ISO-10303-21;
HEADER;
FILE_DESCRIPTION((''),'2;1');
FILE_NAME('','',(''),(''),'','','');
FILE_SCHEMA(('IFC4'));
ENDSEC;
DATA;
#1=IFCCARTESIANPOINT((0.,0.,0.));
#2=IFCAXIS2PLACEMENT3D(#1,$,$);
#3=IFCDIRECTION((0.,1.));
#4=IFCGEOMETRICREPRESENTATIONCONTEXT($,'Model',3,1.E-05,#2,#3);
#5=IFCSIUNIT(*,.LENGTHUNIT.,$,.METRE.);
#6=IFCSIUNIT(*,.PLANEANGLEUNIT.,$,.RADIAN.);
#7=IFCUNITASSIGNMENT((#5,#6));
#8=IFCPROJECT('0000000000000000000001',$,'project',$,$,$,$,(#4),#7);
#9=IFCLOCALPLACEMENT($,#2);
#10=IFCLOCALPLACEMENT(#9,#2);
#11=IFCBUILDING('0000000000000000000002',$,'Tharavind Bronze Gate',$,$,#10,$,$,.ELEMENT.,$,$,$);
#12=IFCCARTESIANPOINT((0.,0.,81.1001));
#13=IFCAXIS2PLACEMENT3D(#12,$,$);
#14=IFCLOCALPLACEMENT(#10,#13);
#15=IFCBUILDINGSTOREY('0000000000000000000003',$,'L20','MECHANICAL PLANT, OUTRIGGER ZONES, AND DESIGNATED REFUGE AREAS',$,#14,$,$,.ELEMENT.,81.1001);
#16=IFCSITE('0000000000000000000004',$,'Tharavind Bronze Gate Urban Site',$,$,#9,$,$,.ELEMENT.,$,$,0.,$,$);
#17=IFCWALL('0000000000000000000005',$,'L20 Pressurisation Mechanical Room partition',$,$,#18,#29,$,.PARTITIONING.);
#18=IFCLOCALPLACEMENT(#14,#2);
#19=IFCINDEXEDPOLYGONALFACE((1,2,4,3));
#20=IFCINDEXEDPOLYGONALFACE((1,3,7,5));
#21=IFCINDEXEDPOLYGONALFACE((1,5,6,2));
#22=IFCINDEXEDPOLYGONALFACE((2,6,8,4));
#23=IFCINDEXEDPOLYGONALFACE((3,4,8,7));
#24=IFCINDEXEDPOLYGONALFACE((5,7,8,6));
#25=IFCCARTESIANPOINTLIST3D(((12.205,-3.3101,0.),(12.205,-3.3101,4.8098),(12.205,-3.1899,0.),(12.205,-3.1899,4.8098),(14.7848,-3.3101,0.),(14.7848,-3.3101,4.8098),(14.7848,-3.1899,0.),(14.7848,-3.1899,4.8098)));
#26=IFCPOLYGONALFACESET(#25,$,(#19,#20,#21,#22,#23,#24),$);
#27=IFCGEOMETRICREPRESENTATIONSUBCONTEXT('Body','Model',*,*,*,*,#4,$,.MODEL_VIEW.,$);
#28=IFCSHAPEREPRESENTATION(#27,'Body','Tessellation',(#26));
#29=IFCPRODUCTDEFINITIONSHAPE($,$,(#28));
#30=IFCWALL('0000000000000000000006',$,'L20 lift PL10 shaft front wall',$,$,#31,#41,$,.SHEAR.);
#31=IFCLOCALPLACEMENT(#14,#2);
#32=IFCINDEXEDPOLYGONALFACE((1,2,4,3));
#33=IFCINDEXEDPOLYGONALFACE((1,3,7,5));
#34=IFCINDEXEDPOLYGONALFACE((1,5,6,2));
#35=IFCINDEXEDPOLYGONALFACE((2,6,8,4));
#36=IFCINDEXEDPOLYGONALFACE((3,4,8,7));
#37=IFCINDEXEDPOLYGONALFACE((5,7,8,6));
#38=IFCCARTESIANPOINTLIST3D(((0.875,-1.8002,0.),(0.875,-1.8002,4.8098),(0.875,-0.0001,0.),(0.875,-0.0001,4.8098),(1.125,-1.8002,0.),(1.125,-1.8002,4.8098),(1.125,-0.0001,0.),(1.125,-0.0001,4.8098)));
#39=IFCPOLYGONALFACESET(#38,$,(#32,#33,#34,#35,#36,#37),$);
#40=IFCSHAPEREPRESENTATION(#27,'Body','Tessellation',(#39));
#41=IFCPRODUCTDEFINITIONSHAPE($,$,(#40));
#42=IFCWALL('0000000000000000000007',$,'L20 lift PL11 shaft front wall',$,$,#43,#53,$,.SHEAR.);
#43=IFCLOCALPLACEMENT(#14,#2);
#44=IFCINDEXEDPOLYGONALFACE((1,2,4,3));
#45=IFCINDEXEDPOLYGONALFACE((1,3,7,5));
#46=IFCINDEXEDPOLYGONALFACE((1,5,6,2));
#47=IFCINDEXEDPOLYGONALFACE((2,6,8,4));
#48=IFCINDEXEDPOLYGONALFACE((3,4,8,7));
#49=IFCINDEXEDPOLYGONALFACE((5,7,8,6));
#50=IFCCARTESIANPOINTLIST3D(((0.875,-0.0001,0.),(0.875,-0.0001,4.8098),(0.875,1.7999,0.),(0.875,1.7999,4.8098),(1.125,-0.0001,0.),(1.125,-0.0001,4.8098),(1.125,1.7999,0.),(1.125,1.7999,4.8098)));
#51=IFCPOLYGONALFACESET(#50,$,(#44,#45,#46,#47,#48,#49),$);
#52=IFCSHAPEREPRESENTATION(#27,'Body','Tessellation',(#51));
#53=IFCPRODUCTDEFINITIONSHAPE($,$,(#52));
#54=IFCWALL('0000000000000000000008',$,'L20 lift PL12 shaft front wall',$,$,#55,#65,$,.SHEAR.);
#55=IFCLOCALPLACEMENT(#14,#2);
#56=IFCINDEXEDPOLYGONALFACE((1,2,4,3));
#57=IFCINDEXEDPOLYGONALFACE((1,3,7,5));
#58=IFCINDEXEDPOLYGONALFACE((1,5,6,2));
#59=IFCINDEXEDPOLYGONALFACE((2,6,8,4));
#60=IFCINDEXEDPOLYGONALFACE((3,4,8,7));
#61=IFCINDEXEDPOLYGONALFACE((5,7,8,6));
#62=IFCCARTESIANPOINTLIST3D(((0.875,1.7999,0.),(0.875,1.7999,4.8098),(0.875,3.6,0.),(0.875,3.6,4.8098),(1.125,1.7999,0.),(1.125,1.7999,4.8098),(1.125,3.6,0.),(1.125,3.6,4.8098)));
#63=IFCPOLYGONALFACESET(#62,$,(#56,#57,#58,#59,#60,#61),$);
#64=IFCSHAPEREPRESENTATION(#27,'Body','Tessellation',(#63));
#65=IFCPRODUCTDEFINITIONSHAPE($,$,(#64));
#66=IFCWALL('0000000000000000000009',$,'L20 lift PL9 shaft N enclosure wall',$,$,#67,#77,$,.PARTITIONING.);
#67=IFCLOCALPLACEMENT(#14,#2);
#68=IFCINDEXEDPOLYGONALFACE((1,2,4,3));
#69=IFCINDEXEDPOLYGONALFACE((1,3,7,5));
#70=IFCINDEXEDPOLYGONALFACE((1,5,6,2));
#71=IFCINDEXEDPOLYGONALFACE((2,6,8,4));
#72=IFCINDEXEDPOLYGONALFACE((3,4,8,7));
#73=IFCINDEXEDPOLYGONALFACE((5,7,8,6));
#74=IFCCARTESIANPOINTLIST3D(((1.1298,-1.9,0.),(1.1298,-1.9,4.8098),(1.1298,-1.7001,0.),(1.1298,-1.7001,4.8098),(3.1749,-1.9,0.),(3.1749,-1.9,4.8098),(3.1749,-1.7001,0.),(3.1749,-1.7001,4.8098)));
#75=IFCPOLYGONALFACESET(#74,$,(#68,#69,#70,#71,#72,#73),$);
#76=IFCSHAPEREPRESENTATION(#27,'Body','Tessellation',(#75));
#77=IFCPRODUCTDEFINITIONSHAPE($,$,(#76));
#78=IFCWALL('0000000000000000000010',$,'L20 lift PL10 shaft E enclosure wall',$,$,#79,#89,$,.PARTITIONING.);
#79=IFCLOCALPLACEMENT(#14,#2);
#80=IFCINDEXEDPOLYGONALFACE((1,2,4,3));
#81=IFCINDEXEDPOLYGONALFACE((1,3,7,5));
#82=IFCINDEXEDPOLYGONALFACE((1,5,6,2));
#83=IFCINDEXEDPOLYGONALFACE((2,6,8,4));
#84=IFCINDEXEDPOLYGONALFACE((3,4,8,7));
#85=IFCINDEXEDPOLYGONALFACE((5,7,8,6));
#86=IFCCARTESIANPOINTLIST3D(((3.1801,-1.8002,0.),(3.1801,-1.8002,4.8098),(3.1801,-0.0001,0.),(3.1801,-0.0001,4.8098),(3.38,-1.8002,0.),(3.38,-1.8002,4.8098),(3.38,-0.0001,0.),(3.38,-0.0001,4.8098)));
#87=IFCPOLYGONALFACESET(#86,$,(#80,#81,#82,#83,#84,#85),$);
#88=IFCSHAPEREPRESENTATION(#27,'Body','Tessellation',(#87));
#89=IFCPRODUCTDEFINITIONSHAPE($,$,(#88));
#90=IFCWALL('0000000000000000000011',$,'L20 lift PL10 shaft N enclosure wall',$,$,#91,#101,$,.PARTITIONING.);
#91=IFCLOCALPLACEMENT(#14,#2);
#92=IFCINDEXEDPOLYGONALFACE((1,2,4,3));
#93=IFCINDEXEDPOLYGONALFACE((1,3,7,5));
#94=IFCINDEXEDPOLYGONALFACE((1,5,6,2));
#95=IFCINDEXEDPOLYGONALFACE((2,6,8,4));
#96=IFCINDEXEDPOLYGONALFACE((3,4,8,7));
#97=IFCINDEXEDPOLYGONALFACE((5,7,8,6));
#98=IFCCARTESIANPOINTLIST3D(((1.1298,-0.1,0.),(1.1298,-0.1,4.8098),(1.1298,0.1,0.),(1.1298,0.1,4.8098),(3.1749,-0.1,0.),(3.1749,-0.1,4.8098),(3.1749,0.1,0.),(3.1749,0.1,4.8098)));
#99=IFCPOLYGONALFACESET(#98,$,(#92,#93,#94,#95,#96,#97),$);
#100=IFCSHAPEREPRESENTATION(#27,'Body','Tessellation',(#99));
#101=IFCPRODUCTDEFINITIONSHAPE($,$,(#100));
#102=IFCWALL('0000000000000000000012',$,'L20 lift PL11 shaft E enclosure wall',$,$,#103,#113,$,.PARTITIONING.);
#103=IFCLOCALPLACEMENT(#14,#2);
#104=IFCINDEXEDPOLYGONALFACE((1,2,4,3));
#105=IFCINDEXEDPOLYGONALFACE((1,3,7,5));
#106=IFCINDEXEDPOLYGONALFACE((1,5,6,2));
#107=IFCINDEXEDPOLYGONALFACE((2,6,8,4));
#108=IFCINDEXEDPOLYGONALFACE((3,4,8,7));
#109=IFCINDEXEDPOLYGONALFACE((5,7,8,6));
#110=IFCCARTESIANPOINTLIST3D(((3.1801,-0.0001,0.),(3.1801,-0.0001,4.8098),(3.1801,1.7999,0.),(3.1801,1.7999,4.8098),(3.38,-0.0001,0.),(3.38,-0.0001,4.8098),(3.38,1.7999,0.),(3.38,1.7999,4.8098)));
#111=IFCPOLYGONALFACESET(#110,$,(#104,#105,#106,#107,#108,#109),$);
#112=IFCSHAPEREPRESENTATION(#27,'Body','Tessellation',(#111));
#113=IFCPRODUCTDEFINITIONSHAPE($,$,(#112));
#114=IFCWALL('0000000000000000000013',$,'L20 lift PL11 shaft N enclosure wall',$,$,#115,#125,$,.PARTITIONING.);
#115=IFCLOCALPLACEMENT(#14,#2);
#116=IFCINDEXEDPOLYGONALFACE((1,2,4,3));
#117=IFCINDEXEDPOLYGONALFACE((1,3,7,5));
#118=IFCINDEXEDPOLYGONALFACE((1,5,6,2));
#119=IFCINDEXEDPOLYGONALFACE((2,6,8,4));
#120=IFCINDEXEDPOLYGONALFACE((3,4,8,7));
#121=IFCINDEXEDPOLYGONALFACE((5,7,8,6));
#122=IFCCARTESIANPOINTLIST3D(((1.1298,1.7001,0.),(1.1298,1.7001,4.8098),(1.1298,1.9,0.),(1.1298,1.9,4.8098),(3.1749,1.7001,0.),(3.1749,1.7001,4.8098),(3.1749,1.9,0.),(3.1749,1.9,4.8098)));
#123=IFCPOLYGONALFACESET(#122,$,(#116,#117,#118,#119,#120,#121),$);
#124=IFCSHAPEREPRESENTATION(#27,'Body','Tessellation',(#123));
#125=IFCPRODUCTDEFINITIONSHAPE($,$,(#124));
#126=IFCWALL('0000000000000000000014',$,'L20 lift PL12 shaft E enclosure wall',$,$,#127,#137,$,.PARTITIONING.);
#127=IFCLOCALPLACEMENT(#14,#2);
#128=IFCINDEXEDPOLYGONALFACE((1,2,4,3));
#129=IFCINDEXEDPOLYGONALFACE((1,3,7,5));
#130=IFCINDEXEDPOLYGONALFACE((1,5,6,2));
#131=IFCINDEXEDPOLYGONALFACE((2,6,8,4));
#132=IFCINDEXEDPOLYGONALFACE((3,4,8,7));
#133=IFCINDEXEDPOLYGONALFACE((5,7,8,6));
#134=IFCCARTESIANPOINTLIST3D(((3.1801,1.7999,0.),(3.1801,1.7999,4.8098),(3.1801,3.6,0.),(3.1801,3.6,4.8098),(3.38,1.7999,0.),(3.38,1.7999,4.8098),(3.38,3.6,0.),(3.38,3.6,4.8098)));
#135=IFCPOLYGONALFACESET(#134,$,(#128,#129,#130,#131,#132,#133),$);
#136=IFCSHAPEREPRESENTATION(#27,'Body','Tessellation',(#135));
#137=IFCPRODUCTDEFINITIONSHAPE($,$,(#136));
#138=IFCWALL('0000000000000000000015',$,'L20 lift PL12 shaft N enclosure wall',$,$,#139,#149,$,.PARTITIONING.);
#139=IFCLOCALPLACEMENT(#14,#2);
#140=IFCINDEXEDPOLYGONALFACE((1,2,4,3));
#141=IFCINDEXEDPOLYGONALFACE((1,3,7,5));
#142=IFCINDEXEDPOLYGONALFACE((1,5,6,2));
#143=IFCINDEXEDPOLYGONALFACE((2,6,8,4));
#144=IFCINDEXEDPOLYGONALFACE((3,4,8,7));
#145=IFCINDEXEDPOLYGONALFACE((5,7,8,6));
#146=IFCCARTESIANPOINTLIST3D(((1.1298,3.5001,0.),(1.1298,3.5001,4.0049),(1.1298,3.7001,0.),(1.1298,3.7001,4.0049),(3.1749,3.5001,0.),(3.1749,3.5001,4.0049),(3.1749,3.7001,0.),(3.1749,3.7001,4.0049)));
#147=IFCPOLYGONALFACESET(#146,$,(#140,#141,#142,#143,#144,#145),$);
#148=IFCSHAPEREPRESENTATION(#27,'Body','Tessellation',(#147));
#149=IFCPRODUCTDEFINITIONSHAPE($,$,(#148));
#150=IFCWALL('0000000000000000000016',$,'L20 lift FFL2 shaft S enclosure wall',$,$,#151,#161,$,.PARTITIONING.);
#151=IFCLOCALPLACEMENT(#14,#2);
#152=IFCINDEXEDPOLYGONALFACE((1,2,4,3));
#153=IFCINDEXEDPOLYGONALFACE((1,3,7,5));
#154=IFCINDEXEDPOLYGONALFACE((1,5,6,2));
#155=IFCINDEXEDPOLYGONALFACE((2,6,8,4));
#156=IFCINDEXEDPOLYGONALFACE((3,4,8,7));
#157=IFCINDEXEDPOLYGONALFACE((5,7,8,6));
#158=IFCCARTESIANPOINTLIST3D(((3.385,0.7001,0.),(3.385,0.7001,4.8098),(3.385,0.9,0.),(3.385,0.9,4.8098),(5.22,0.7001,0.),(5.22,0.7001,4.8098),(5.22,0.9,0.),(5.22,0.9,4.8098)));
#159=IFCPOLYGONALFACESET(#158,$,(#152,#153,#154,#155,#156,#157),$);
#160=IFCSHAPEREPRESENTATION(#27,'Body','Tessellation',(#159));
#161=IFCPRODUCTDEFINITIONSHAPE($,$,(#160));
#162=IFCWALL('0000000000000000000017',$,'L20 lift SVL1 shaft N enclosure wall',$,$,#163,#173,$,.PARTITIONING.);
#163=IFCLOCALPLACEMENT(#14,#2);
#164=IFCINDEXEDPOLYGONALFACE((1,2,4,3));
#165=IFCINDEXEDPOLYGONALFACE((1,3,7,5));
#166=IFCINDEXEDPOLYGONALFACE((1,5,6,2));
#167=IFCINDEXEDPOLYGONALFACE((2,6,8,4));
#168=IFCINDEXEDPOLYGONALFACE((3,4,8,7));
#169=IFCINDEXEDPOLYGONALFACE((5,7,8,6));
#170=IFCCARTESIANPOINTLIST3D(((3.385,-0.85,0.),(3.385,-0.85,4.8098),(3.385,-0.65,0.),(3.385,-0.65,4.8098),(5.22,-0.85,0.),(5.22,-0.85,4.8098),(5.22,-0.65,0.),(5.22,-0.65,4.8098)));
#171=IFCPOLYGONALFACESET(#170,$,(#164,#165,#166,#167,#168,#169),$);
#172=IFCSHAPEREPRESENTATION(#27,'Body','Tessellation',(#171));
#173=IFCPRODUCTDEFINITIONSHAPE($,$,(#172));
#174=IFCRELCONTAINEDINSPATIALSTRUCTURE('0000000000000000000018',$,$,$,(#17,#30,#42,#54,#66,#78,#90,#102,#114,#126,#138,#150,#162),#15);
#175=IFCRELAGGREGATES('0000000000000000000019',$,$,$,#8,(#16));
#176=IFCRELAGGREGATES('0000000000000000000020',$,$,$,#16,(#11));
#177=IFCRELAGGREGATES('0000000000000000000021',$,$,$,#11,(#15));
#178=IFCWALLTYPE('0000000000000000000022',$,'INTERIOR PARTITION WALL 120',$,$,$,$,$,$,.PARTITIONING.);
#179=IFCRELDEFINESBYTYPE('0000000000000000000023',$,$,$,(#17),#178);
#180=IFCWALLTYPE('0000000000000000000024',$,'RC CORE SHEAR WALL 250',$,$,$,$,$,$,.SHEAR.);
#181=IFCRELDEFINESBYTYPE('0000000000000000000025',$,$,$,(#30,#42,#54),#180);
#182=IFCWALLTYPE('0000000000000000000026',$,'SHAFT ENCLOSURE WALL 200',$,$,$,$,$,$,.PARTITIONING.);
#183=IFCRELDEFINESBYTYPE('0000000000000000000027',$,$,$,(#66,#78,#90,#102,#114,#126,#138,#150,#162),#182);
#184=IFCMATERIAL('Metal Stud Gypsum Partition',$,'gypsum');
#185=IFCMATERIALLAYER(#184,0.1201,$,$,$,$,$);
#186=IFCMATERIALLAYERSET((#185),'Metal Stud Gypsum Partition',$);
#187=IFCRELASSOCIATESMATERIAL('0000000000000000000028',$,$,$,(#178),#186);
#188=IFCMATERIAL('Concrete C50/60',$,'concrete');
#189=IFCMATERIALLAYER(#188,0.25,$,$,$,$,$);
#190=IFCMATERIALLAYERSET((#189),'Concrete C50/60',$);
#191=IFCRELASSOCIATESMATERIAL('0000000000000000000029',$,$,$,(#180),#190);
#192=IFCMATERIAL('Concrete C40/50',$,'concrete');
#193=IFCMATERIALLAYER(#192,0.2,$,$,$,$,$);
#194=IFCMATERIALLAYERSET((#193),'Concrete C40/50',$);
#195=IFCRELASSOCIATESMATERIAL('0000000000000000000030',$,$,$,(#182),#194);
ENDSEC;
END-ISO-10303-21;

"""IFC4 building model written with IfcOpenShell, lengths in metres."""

from ifc_helpers import new_model, si_unit, direction, frame, frame_2d, origin, place, context, subcontext, project, spatial, rectangle, extrude, material, layer, layer_set, type_object, element, save


model = new_model("IFC4")

# Units and contexts
model_context = context("Model", 3, precision=1e-05, world=origin(), true_north=direction((0.0, 1.0)))
body_context = subcontext(model_context, "Body", "Model", "MODEL_VIEW")
ifc_project = project(units=[si_unit("LENGTHUNIT", "METRE"), si_unit("PLANEANGLEUNIT", "RADIAN")], contexts=[model_context])

# Site, building, storey
site_placement = place(None, origin())
site = spatial("IfcSite", under=ifc_project, at=site_placement, Name="Tharavind Bronze Gate Urban Site", CompositionType="ELEMENT", RefElevation=0.0)
building_placement = place(site_placement, origin())
building = spatial("IfcBuilding", under=site, at=building_placement, Name="Tharavind Bronze Gate", CompositionType="ELEMENT")
storey_placement = place(building_placement, frame((0.0, 0.0, 81.1001)))
storey = spatial("IfcBuildingStorey", under=building, at=storey_placement, Name="L20", Description="MECHANICAL PLANT, OUTRIGGER ZONES, AND DESIGNATED REFUGE AREAS", CompositionType="ELEMENT", Elevation=81.1001)

# Shared definitions
ifc_material_1 = material(Name="Concrete C40/50", Category="concrete")

# Walls
ifc_material_2 = material(Name="Metal Stud Gypsum Partition", Category="gypsum")
ifc_layer_1 = layer(ifc_material_2, 0.1201)
ifc_layer_set_1 = layer_set([ifc_layer_1], Name="Metal Stud Gypsum Partition")
wall_type_1 = type_object("IfcWallType", Name="INTERIOR PARTITION WALL 120", PredefinedType="PARTITIONING", material=ifc_layer_set_1)
wall_1_placement = place(storey_placement, frame((14.7849, -3.25, 0.0), z_axis=(0.0, 0.0, 1.0), x_axis=(-1.0, 0.0, 0.0)))
element("IfcWall", 1, at=wall_1_placement, inside=storey, type_object=wall_type_1, Name="L20 Pressurisation Mechanical Room partition", PredefinedType="PARTITIONING", context=body_context, shape_type="SweptSolid", body=[
    extrude(rectangle(XDim=2.5798, YDim=0.1201, at=frame_2d((1.29, 0.0))), origin(), (0.0, 0.0, 1.0), 4.8098),
])
ifc_material_3 = material(Name="Concrete C50/60", Category="concrete")
ifc_layer_2 = layer(ifc_material_3, 0.25)
ifc_layer_set_2 = layer_set([ifc_layer_2], Name="Concrete C50/60")
wall_type_2 = type_object("IfcWallType", Name="RC CORE SHEAR WALL 250", PredefinedType="SHEAR", material=ifc_layer_set_2)
for number, where, z_axis, x_axis, name in (
    (2, (1.0, -1.8, 0.0), (0.0, 0.0, 1.0), (0.0, 1.0, 0.0), "L20 lift PL10 shaft front wall"),
    (3, (1.0, 0.0, 0.0), (0.0, 0.0, 1.0), (0.0, 1.0, 0.0), "L20 lift PL11 shaft front wall"),
    (4, (1.0, 1.8, 0.0), (0.0, 0.0, 1.0), (0.0, 1.0, 0.0), "L20 lift PL12 shaft front wall"),
):
    element("IfcWall", number, at=place(storey_placement, frame(where, z_axis=z_axis, x_axis=x_axis)), inside=storey, type_object=wall_type_2, Name=name, PredefinedType="SHEAR", context=body_context, shape_type="SweptSolid", body=[
        extrude(rectangle(XDim=1.8, YDim=0.25, at=frame_2d((0.8999, 0.0))), origin(), (0.0, 0.0, 1.0), 4.8098),
    ])
ifc_layer_3 = layer(ifc_material_1, 0.2)
ifc_layer_set_3 = layer_set([ifc_layer_3], Name="Concrete C40/50")
wall_type_3 = type_object("IfcWallType", Name="SHAFT ENCLOSURE WALL 200", PredefinedType="PARTITIONING", material=ifc_layer_set_3)
wall_2_placement = place(storey_placement, frame((1.1299, -1.8, 0.0), z_axis=(0.0, 0.0, 1.0), x_axis=(1.0, 0.0, 0.0)))
element("IfcWall", 5, at=wall_2_placement, inside=storey, type_object=wall_type_3, Name="L20 lift PL9 shaft N enclosure wall", PredefinedType="PARTITIONING", context=body_context, shape_type="SweptSolid", body=[
    extrude(rectangle(XDim=2.0452, YDim=0.2, at=frame_2d((1.0225, 0.0))), origin(), (0.0, 0.0, 1.0), 4.8098),
])
wall_3_placement = place(storey_placement, frame((3.28, -1.8, 0.0), z_axis=(0.0, 0.0, 1.0), x_axis=(0.0, 1.0, 0.0)))
element("IfcWall", 6, at=wall_3_placement, inside=storey, type_object=wall_type_3, Name="L20 lift PL10 shaft E enclosure wall", PredefinedType="PARTITIONING", context=body_context, shape_type="SweptSolid", body=[
    extrude(rectangle(XDim=1.8, YDim=0.2, at=frame_2d((0.8999, 0.0))), origin(), (0.0, 0.0, 1.0), 4.8098),
])
wall_4_placement = place(storey_placement, frame((1.1299, 0.0, 0.0), z_axis=(0.0, 0.0, 1.0), x_axis=(1.0, 0.0, 0.0)))
element("IfcWall", 7, at=wall_4_placement, inside=storey, type_object=wall_type_3, Name="L20 lift PL10 shaft N enclosure wall", PredefinedType="PARTITIONING", context=body_context, shape_type="SweptSolid", body=[
    extrude(rectangle(XDim=2.0452, YDim=0.2, at=frame_2d((1.0225, 0.0))), origin(), (0.0, 0.0, 1.0), 4.8098),
])
wall_5_placement = place(storey_placement, frame((3.28, 0.0, 0.0), z_axis=(0.0, 0.0, 1.0), x_axis=(0.0, 1.0, 0.0)))
element("IfcWall", 8, at=wall_5_placement, inside=storey, type_object=wall_type_3, Name="L20 lift PL11 shaft E enclosure wall", PredefinedType="PARTITIONING", context=body_context, shape_type="SweptSolid", body=[
    extrude(rectangle(XDim=1.8, YDim=0.2, at=frame_2d((0.8999, 0.0))), origin(), (0.0, 0.0, 1.0), 4.8098),
])
wall_6_placement = place(storey_placement, frame((1.1299, 1.8, 0.0), z_axis=(0.0, 0.0, 1.0), x_axis=(1.0, 0.0, 0.0)))
element("IfcWall", 9, at=wall_6_placement, inside=storey, type_object=wall_type_3, Name="L20 lift PL11 shaft N enclosure wall", PredefinedType="PARTITIONING", context=body_context, shape_type="SweptSolid", body=[
    extrude(rectangle(XDim=2.0452, YDim=0.2, at=frame_2d((1.0225, 0.0))), origin(), (0.0, 0.0, 1.0), 4.8098),
])
wall_7_placement = place(storey_placement, frame((3.28, 1.8, 0.0), z_axis=(0.0, 0.0, 1.0), x_axis=(0.0, 1.0, 0.0)))
element("IfcWall", 10, at=wall_7_placement, inside=storey, type_object=wall_type_3, Name="L20 lift PL12 shaft E enclosure wall", PredefinedType="PARTITIONING", context=body_context, shape_type="SweptSolid", body=[
    extrude(rectangle(XDim=1.8, YDim=0.2, at=frame_2d((0.8999, 0.0))), origin(), (0.0, 0.0, 1.0), 4.8098),
])
wall_8_placement = place(storey_placement, frame((1.1299, 3.6001, 0.0), z_axis=(0.0, 0.0, 1.0), x_axis=(1.0, 0.0, 0.0)))
element("IfcWall", 11, at=wall_8_placement, inside=storey, type_object=wall_type_3, Name="L20 lift PL12 shaft N enclosure wall", PredefinedType="PARTITIONING", context=body_context, shape_type="SweptSolid", body=[
    extrude(rectangle(XDim=2.0452, YDim=0.2, at=frame_2d((1.0225, 0.0))), origin(), (0.0, 0.0, 1.0), 4.0049),
])
for number, where, z_axis, x_axis, name in (
    (12, (3.385, 0.8, 0.0), (0.0, 0.0, 1.0), (1.0, 0.0, 0.0), "L20 lift FFL2 shaft S enclosure wall"),
    (13, (3.385, -0.75, 0.0), (0.0, 0.0, 1.0), (1.0, 0.0, 0.0), "L20 lift SVL1 shaft N enclosure wall"),
):
    element("IfcWall", number, at=place(storey_placement, frame(where, z_axis=z_axis, x_axis=x_axis)), inside=storey, type_object=wall_type_3, Name=name, PredefinedType="PARTITIONING", context=body_context, shape_type="SweptSolid", body=[
        extrude(rectangle(XDim=1.835, YDim=0.2, at=frame_2d((0.9175, 0.0))), origin(), (0.0, 0.0, 1.0), 4.8098),
    ])

save(model, "model.ifc")
